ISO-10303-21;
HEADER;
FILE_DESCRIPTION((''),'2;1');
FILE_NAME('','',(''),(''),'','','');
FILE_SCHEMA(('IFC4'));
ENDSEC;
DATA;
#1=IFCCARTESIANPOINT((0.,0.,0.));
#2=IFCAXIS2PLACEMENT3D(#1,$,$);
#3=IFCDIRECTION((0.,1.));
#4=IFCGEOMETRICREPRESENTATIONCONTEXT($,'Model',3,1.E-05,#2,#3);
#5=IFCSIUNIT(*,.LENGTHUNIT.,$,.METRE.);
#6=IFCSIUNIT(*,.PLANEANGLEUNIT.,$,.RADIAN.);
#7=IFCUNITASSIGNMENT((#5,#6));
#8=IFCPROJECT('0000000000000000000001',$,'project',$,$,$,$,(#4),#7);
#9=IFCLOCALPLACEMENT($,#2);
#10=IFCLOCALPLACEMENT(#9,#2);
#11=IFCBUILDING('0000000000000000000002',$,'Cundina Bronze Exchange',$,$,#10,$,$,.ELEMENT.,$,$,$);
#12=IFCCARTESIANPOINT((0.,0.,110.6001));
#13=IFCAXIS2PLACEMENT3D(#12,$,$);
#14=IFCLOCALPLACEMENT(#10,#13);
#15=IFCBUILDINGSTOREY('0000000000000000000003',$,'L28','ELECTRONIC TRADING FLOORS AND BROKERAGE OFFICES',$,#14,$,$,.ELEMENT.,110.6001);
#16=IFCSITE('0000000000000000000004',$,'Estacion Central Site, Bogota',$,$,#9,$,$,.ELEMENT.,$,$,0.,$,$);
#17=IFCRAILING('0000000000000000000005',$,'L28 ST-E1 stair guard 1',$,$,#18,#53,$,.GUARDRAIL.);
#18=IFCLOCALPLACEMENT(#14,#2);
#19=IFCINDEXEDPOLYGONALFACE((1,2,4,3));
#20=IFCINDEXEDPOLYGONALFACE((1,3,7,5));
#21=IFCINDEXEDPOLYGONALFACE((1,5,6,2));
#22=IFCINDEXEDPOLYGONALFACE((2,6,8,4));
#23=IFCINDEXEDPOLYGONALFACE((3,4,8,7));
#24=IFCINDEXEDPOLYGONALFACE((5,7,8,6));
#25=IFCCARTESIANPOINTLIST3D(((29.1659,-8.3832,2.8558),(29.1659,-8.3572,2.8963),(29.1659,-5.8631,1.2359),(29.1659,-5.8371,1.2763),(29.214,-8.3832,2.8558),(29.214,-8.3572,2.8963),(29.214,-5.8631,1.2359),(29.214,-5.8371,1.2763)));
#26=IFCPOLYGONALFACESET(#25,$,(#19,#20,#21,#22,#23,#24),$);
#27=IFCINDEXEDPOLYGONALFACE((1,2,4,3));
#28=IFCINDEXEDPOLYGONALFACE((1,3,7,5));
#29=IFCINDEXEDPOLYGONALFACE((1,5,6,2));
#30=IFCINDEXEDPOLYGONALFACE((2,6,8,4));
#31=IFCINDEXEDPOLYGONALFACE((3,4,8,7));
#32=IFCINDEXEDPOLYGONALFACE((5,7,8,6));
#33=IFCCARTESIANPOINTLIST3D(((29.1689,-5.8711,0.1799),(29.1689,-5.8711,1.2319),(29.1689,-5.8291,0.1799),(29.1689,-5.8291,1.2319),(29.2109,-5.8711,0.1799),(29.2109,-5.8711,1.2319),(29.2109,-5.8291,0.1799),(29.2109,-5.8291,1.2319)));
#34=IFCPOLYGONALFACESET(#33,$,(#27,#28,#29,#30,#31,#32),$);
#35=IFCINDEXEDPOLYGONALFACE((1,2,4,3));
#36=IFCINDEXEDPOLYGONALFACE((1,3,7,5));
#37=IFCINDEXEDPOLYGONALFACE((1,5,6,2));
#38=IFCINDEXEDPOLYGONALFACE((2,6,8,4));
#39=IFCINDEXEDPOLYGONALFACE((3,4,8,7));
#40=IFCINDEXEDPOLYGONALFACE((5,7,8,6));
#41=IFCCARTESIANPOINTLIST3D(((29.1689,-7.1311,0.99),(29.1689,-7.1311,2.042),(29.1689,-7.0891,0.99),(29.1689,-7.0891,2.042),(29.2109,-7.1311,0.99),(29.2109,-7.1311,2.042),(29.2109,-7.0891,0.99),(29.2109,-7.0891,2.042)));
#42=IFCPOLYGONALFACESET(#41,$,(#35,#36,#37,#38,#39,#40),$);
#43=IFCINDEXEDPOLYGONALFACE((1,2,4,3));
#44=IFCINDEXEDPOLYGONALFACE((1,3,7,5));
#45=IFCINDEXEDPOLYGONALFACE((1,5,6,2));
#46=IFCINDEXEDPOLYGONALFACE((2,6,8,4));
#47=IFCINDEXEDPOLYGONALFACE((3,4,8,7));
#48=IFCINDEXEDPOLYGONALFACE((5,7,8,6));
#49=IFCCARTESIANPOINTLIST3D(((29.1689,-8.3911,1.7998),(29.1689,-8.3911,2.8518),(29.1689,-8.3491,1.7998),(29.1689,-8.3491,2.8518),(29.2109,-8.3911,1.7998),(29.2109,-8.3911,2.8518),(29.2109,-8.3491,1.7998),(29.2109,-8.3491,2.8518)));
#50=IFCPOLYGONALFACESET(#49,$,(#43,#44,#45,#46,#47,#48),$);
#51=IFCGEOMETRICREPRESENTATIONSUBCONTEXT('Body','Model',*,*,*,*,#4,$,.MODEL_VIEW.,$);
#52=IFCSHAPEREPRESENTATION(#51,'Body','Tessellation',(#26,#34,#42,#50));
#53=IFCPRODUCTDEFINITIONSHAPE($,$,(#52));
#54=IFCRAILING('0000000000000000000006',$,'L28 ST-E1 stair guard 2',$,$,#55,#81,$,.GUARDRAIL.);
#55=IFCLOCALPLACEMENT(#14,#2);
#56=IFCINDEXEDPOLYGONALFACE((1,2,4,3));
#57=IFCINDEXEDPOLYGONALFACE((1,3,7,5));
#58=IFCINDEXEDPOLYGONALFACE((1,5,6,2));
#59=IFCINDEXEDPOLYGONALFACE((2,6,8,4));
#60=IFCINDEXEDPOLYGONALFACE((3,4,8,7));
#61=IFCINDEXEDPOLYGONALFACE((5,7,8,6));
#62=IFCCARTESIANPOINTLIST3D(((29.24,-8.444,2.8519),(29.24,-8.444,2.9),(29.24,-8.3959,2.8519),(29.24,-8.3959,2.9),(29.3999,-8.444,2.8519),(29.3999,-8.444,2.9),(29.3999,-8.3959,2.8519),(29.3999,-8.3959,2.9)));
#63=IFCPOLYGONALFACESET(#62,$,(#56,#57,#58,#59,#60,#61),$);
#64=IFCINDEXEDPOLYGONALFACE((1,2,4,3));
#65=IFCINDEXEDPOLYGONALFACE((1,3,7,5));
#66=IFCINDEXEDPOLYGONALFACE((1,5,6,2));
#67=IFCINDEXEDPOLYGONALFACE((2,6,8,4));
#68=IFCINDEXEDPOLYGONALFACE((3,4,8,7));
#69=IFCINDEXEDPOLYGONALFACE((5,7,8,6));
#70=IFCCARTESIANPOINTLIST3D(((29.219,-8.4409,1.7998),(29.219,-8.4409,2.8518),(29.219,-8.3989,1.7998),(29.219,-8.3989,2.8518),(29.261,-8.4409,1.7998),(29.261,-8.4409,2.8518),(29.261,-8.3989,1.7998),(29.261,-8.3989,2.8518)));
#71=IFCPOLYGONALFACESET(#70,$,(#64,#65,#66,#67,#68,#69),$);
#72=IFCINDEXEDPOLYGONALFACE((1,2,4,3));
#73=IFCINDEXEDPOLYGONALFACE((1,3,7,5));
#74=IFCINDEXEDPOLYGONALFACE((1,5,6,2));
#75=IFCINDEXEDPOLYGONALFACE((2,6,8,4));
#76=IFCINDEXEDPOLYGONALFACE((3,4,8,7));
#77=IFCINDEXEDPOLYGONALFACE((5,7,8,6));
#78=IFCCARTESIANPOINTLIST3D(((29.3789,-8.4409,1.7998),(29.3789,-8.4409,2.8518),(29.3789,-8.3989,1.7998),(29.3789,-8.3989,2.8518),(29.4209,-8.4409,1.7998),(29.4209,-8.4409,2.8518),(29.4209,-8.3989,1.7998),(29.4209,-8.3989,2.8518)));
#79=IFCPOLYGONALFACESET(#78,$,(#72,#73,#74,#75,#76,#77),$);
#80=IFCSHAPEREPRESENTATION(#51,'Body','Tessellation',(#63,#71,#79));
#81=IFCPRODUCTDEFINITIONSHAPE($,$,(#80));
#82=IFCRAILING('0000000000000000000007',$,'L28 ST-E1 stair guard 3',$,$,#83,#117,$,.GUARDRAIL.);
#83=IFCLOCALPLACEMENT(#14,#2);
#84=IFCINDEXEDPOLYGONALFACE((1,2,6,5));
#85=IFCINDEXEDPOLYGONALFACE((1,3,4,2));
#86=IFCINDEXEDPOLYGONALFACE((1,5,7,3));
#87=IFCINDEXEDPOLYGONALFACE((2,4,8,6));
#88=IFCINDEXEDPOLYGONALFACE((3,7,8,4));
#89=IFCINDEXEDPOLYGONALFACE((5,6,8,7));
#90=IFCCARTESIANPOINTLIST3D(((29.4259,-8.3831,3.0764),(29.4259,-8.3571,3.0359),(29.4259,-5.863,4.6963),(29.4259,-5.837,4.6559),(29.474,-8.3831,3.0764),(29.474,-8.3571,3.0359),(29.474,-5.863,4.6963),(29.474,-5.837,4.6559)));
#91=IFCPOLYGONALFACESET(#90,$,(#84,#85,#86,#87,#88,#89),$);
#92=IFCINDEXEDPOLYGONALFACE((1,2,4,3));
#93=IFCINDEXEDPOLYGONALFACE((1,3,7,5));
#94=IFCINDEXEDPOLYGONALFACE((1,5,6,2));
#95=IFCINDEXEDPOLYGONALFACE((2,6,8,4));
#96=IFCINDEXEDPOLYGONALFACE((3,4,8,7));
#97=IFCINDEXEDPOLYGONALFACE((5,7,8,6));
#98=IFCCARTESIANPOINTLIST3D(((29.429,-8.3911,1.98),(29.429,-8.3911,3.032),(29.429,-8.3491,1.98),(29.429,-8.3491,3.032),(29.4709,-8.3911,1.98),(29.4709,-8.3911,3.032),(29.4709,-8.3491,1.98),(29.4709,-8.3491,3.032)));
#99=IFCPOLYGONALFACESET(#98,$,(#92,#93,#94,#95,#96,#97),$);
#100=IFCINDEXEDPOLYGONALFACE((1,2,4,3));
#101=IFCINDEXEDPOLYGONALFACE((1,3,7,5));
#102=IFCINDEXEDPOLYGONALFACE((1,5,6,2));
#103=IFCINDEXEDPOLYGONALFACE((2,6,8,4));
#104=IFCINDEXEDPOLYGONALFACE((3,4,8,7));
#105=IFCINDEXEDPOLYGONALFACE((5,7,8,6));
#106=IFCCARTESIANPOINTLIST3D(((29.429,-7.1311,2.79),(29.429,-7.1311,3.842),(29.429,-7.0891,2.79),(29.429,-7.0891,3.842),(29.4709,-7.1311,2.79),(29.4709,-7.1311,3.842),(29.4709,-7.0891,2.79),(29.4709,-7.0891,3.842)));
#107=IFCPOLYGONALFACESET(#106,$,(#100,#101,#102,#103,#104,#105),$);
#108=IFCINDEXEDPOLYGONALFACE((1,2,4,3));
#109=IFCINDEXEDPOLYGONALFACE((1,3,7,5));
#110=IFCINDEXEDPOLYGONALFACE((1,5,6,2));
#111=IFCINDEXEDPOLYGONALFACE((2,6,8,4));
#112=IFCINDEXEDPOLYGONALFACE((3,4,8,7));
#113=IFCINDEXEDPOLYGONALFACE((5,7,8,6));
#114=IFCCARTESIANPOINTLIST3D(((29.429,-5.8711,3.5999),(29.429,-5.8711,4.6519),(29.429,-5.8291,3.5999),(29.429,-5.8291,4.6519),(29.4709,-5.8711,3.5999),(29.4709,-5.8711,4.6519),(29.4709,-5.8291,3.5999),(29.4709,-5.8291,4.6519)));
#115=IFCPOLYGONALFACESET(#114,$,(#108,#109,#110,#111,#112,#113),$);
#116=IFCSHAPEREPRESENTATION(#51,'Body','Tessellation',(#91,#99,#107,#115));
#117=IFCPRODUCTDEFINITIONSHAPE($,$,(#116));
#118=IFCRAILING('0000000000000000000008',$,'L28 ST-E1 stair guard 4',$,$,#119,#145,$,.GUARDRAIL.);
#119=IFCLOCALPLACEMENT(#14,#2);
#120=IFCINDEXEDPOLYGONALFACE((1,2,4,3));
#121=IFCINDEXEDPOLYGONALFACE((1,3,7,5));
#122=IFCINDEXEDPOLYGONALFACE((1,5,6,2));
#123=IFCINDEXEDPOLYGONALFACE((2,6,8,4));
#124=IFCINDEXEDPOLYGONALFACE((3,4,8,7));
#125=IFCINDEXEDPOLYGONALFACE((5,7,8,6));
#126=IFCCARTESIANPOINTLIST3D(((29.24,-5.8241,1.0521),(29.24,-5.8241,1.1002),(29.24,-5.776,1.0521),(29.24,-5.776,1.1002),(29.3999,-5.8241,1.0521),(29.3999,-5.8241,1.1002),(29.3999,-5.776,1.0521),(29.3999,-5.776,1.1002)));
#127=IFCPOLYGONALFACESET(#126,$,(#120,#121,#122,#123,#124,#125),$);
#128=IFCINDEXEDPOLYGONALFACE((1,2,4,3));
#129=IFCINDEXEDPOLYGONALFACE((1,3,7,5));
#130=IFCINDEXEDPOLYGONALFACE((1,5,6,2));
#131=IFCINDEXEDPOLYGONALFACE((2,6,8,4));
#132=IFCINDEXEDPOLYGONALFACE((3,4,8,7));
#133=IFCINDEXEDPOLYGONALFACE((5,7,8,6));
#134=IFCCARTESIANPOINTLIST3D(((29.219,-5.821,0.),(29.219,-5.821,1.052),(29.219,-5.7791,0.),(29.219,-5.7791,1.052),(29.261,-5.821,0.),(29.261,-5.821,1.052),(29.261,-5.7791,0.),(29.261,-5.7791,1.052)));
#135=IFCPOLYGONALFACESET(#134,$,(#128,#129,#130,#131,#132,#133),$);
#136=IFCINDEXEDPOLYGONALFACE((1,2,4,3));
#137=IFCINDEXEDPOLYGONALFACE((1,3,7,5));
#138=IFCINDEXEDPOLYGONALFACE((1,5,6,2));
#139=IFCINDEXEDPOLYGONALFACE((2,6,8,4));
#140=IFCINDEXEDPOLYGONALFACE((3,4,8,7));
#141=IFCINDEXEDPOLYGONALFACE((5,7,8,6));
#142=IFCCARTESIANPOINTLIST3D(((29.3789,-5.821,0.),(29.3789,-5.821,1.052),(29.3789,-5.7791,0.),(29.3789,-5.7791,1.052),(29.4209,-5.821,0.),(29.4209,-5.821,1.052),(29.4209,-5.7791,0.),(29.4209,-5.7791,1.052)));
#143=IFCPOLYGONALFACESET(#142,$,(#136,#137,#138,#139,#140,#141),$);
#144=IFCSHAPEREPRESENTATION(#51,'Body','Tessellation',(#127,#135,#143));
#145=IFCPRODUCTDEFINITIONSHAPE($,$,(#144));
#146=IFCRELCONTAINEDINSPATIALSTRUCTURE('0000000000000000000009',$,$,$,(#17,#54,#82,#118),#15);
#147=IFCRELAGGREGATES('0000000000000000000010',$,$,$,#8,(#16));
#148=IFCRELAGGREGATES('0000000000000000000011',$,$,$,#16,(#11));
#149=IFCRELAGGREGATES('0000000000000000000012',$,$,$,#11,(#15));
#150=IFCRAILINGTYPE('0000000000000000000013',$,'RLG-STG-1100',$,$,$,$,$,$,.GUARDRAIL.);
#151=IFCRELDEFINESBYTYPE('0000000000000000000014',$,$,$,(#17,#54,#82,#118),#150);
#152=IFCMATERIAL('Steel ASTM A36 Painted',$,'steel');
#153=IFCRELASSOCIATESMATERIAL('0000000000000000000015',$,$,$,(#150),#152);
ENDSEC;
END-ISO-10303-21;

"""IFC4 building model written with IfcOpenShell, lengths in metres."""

from ifc_helpers import new_model, si_unit, direction, frame, origin, origin_2d, place, context, subcontext, project, spatial, rectangle, extrude, material, type_object, element, save


model = new_model("IFC4")

# Units and contexts
model_context = context("Model", 3, precision=1e-05, world=origin(), true_north=direction((0.0, 1.0)))
body_context = subcontext(model_context, "Body", "Model", "MODEL_VIEW")
ifc_project = project(units=[si_unit("LENGTHUNIT", "METRE"), si_unit("PLANEANGLEUNIT", "RADIAN")], contexts=[model_context])

# Site, building, storey
site_placement = place(None, origin())
site = spatial("IfcSite", under=ifc_project, at=site_placement, Name="Estacion Central Site, Bogota", CompositionType="ELEMENT", RefElevation=0.0)
building_placement = place(site_placement, origin())
building = spatial("IfcBuilding", under=site, at=building_placement, Name="Cundina Bronze Exchange", CompositionType="ELEMENT")
storey_placement = place(building_placement, frame((0.0, 0.0, 110.6001)))
storey = spatial("IfcBuildingStorey", under=building, at=storey_placement, Name="L28", Description="ELECTRONIC TRADING FLOORS AND BROKERAGE OFFICES", CompositionType="ELEMENT", Elevation=110.6001)

# Railings
ifc_material_1 = material(Name="Steel ASTM A36 Painted", Category="steel")
railing_type_1 = type_object("IfcRailingType", Name="RLG-STG-1100", PredefinedType="GUARDRAIL", material=ifc_material_1)
railing_1_placement = place(storey_placement, frame((29.1899, -5.8501, 0.1799)))
element("IfcRailing", 1, at=railing_1_placement, inside=storey, type_object=railing_type_1, Name="L28 ST-E1 stair guard 1", PredefinedType="GUARDRAIL", context=body_context, shape_type="SweptSolid", body=[
    extrude(rectangle(XDim=0.0481, YDim=0.0481, at=origin_2d()), frame((0.0, 0.0, 1.0762), z_axis=(0.0, -0.8412, 0.540725), x_axis=(1.0, 0.0, 0.0)), (0.0, 0.0, 1.0), 2.9958),
    extrude(rectangle(XDim=0.042, YDim=0.042, at=origin_2d()), origin(), (0.0, 0.0, 1.0), 1.052),
    extrude(rectangle(XDim=0.042, YDim=0.042, at=origin_2d()), frame((0.0, -1.26, 0.8101)), (0.0, 0.0, 1.0), 1.052),
    extrude(rectangle(XDim=0.042, YDim=0.042, at=origin_2d()), frame((0.0, -2.52, 1.6199)), (0.0, 0.0, 1.0), 1.052),
])
railing_2_placement = place(storey_placement, frame((29.24, -8.4199, 1.7998)))
element("IfcRailing", 2, at=railing_2_placement, inside=storey, type_object=railing_type_1, Name="L28 ST-E1 stair guard 2", PredefinedType="GUARDRAIL", context=body_context, shape_type="SweptSolid", body=[
    extrude(rectangle(XDim=0.0481, YDim=0.0481, at=origin_2d()), frame((0.0, 0.0, 1.0762), z_axis=(1.0, 0.0, 0.0), x_axis=(0.0, 1.0, 0.0)), (0.0, 0.0, 1.0), 0.1599),
    extrude(rectangle(XDim=0.042, YDim=0.042, at=origin_2d()), origin(), (0.0, 0.0, 1.0), 1.052),
    extrude(rectangle(XDim=0.042, YDim=0.042, at=origin_2d()), frame((0.1599, 0.0, 0.0)), (0.0, 0.0, 1.0), 1.052),
])
railing_3_placement = place(storey_placement, frame((29.45, -8.3701, 1.98)))
element("IfcRailing", 3, at=railing_3_placement, inside=storey, type_object=railing_type_1, Name="L28 ST-E1 stair guard 3", PredefinedType="GUARDRAIL", context=body_context, shape_type="SweptSolid", body=[
    extrude(rectangle(XDim=0.0481, YDim=0.0481, at=origin_2d()), frame((0.0, 0.0, 1.0762), z_axis=(0.0, 0.8412, 0.540725), x_axis=(-1.0, 0.0, 0.0)), (0.0, 0.0, 1.0), 2.9958),
    extrude(rectangle(XDim=0.042, YDim=0.042, at=origin_2d()), origin(), (0.0, 0.0, 1.0), 1.052),
    extrude(rectangle(XDim=0.042, YDim=0.042, at=origin_2d()), frame((0.0, 1.26, 0.8101)), (0.0, 0.0, 1.0), 1.052),
    extrude(rectangle(XDim=0.042, YDim=0.042, at=origin_2d()), frame((0.0, 2.52, 1.6199)), (0.0, 0.0, 1.0), 1.052),
])
railing_4_placement = place(storey_placement, frame((29.24, -5.8, 0.0)))
element("IfcRailing", 4, at=railing_4_placement, inside=storey, type_object=railing_type_1, Name="L28 ST-E1 stair guard 4", PredefinedType="GUARDRAIL", context=body_context, shape_type="SweptSolid", body=[
    extrude(rectangle(XDim=0.0481, YDim=0.0481, at=origin_2d()), frame((0.0, 0.0, 1.0762), z_axis=(1.0, 0.0, 0.0), x_axis=(0.0, 1.0, 0.0)), (0.0, 0.0, 1.0), 0.1599),
    extrude(rectangle(XDim=0.042, YDim=0.042, at=origin_2d()), origin(), (0.0, 0.0, 1.0), 1.052),
    extrude(rectangle(XDim=0.042, YDim=0.042, at=origin_2d()), frame((0.1599, 0.0, 0.0)), (0.0, 0.0, 1.0), 1.052),
])

save(model, "model.ifc")
